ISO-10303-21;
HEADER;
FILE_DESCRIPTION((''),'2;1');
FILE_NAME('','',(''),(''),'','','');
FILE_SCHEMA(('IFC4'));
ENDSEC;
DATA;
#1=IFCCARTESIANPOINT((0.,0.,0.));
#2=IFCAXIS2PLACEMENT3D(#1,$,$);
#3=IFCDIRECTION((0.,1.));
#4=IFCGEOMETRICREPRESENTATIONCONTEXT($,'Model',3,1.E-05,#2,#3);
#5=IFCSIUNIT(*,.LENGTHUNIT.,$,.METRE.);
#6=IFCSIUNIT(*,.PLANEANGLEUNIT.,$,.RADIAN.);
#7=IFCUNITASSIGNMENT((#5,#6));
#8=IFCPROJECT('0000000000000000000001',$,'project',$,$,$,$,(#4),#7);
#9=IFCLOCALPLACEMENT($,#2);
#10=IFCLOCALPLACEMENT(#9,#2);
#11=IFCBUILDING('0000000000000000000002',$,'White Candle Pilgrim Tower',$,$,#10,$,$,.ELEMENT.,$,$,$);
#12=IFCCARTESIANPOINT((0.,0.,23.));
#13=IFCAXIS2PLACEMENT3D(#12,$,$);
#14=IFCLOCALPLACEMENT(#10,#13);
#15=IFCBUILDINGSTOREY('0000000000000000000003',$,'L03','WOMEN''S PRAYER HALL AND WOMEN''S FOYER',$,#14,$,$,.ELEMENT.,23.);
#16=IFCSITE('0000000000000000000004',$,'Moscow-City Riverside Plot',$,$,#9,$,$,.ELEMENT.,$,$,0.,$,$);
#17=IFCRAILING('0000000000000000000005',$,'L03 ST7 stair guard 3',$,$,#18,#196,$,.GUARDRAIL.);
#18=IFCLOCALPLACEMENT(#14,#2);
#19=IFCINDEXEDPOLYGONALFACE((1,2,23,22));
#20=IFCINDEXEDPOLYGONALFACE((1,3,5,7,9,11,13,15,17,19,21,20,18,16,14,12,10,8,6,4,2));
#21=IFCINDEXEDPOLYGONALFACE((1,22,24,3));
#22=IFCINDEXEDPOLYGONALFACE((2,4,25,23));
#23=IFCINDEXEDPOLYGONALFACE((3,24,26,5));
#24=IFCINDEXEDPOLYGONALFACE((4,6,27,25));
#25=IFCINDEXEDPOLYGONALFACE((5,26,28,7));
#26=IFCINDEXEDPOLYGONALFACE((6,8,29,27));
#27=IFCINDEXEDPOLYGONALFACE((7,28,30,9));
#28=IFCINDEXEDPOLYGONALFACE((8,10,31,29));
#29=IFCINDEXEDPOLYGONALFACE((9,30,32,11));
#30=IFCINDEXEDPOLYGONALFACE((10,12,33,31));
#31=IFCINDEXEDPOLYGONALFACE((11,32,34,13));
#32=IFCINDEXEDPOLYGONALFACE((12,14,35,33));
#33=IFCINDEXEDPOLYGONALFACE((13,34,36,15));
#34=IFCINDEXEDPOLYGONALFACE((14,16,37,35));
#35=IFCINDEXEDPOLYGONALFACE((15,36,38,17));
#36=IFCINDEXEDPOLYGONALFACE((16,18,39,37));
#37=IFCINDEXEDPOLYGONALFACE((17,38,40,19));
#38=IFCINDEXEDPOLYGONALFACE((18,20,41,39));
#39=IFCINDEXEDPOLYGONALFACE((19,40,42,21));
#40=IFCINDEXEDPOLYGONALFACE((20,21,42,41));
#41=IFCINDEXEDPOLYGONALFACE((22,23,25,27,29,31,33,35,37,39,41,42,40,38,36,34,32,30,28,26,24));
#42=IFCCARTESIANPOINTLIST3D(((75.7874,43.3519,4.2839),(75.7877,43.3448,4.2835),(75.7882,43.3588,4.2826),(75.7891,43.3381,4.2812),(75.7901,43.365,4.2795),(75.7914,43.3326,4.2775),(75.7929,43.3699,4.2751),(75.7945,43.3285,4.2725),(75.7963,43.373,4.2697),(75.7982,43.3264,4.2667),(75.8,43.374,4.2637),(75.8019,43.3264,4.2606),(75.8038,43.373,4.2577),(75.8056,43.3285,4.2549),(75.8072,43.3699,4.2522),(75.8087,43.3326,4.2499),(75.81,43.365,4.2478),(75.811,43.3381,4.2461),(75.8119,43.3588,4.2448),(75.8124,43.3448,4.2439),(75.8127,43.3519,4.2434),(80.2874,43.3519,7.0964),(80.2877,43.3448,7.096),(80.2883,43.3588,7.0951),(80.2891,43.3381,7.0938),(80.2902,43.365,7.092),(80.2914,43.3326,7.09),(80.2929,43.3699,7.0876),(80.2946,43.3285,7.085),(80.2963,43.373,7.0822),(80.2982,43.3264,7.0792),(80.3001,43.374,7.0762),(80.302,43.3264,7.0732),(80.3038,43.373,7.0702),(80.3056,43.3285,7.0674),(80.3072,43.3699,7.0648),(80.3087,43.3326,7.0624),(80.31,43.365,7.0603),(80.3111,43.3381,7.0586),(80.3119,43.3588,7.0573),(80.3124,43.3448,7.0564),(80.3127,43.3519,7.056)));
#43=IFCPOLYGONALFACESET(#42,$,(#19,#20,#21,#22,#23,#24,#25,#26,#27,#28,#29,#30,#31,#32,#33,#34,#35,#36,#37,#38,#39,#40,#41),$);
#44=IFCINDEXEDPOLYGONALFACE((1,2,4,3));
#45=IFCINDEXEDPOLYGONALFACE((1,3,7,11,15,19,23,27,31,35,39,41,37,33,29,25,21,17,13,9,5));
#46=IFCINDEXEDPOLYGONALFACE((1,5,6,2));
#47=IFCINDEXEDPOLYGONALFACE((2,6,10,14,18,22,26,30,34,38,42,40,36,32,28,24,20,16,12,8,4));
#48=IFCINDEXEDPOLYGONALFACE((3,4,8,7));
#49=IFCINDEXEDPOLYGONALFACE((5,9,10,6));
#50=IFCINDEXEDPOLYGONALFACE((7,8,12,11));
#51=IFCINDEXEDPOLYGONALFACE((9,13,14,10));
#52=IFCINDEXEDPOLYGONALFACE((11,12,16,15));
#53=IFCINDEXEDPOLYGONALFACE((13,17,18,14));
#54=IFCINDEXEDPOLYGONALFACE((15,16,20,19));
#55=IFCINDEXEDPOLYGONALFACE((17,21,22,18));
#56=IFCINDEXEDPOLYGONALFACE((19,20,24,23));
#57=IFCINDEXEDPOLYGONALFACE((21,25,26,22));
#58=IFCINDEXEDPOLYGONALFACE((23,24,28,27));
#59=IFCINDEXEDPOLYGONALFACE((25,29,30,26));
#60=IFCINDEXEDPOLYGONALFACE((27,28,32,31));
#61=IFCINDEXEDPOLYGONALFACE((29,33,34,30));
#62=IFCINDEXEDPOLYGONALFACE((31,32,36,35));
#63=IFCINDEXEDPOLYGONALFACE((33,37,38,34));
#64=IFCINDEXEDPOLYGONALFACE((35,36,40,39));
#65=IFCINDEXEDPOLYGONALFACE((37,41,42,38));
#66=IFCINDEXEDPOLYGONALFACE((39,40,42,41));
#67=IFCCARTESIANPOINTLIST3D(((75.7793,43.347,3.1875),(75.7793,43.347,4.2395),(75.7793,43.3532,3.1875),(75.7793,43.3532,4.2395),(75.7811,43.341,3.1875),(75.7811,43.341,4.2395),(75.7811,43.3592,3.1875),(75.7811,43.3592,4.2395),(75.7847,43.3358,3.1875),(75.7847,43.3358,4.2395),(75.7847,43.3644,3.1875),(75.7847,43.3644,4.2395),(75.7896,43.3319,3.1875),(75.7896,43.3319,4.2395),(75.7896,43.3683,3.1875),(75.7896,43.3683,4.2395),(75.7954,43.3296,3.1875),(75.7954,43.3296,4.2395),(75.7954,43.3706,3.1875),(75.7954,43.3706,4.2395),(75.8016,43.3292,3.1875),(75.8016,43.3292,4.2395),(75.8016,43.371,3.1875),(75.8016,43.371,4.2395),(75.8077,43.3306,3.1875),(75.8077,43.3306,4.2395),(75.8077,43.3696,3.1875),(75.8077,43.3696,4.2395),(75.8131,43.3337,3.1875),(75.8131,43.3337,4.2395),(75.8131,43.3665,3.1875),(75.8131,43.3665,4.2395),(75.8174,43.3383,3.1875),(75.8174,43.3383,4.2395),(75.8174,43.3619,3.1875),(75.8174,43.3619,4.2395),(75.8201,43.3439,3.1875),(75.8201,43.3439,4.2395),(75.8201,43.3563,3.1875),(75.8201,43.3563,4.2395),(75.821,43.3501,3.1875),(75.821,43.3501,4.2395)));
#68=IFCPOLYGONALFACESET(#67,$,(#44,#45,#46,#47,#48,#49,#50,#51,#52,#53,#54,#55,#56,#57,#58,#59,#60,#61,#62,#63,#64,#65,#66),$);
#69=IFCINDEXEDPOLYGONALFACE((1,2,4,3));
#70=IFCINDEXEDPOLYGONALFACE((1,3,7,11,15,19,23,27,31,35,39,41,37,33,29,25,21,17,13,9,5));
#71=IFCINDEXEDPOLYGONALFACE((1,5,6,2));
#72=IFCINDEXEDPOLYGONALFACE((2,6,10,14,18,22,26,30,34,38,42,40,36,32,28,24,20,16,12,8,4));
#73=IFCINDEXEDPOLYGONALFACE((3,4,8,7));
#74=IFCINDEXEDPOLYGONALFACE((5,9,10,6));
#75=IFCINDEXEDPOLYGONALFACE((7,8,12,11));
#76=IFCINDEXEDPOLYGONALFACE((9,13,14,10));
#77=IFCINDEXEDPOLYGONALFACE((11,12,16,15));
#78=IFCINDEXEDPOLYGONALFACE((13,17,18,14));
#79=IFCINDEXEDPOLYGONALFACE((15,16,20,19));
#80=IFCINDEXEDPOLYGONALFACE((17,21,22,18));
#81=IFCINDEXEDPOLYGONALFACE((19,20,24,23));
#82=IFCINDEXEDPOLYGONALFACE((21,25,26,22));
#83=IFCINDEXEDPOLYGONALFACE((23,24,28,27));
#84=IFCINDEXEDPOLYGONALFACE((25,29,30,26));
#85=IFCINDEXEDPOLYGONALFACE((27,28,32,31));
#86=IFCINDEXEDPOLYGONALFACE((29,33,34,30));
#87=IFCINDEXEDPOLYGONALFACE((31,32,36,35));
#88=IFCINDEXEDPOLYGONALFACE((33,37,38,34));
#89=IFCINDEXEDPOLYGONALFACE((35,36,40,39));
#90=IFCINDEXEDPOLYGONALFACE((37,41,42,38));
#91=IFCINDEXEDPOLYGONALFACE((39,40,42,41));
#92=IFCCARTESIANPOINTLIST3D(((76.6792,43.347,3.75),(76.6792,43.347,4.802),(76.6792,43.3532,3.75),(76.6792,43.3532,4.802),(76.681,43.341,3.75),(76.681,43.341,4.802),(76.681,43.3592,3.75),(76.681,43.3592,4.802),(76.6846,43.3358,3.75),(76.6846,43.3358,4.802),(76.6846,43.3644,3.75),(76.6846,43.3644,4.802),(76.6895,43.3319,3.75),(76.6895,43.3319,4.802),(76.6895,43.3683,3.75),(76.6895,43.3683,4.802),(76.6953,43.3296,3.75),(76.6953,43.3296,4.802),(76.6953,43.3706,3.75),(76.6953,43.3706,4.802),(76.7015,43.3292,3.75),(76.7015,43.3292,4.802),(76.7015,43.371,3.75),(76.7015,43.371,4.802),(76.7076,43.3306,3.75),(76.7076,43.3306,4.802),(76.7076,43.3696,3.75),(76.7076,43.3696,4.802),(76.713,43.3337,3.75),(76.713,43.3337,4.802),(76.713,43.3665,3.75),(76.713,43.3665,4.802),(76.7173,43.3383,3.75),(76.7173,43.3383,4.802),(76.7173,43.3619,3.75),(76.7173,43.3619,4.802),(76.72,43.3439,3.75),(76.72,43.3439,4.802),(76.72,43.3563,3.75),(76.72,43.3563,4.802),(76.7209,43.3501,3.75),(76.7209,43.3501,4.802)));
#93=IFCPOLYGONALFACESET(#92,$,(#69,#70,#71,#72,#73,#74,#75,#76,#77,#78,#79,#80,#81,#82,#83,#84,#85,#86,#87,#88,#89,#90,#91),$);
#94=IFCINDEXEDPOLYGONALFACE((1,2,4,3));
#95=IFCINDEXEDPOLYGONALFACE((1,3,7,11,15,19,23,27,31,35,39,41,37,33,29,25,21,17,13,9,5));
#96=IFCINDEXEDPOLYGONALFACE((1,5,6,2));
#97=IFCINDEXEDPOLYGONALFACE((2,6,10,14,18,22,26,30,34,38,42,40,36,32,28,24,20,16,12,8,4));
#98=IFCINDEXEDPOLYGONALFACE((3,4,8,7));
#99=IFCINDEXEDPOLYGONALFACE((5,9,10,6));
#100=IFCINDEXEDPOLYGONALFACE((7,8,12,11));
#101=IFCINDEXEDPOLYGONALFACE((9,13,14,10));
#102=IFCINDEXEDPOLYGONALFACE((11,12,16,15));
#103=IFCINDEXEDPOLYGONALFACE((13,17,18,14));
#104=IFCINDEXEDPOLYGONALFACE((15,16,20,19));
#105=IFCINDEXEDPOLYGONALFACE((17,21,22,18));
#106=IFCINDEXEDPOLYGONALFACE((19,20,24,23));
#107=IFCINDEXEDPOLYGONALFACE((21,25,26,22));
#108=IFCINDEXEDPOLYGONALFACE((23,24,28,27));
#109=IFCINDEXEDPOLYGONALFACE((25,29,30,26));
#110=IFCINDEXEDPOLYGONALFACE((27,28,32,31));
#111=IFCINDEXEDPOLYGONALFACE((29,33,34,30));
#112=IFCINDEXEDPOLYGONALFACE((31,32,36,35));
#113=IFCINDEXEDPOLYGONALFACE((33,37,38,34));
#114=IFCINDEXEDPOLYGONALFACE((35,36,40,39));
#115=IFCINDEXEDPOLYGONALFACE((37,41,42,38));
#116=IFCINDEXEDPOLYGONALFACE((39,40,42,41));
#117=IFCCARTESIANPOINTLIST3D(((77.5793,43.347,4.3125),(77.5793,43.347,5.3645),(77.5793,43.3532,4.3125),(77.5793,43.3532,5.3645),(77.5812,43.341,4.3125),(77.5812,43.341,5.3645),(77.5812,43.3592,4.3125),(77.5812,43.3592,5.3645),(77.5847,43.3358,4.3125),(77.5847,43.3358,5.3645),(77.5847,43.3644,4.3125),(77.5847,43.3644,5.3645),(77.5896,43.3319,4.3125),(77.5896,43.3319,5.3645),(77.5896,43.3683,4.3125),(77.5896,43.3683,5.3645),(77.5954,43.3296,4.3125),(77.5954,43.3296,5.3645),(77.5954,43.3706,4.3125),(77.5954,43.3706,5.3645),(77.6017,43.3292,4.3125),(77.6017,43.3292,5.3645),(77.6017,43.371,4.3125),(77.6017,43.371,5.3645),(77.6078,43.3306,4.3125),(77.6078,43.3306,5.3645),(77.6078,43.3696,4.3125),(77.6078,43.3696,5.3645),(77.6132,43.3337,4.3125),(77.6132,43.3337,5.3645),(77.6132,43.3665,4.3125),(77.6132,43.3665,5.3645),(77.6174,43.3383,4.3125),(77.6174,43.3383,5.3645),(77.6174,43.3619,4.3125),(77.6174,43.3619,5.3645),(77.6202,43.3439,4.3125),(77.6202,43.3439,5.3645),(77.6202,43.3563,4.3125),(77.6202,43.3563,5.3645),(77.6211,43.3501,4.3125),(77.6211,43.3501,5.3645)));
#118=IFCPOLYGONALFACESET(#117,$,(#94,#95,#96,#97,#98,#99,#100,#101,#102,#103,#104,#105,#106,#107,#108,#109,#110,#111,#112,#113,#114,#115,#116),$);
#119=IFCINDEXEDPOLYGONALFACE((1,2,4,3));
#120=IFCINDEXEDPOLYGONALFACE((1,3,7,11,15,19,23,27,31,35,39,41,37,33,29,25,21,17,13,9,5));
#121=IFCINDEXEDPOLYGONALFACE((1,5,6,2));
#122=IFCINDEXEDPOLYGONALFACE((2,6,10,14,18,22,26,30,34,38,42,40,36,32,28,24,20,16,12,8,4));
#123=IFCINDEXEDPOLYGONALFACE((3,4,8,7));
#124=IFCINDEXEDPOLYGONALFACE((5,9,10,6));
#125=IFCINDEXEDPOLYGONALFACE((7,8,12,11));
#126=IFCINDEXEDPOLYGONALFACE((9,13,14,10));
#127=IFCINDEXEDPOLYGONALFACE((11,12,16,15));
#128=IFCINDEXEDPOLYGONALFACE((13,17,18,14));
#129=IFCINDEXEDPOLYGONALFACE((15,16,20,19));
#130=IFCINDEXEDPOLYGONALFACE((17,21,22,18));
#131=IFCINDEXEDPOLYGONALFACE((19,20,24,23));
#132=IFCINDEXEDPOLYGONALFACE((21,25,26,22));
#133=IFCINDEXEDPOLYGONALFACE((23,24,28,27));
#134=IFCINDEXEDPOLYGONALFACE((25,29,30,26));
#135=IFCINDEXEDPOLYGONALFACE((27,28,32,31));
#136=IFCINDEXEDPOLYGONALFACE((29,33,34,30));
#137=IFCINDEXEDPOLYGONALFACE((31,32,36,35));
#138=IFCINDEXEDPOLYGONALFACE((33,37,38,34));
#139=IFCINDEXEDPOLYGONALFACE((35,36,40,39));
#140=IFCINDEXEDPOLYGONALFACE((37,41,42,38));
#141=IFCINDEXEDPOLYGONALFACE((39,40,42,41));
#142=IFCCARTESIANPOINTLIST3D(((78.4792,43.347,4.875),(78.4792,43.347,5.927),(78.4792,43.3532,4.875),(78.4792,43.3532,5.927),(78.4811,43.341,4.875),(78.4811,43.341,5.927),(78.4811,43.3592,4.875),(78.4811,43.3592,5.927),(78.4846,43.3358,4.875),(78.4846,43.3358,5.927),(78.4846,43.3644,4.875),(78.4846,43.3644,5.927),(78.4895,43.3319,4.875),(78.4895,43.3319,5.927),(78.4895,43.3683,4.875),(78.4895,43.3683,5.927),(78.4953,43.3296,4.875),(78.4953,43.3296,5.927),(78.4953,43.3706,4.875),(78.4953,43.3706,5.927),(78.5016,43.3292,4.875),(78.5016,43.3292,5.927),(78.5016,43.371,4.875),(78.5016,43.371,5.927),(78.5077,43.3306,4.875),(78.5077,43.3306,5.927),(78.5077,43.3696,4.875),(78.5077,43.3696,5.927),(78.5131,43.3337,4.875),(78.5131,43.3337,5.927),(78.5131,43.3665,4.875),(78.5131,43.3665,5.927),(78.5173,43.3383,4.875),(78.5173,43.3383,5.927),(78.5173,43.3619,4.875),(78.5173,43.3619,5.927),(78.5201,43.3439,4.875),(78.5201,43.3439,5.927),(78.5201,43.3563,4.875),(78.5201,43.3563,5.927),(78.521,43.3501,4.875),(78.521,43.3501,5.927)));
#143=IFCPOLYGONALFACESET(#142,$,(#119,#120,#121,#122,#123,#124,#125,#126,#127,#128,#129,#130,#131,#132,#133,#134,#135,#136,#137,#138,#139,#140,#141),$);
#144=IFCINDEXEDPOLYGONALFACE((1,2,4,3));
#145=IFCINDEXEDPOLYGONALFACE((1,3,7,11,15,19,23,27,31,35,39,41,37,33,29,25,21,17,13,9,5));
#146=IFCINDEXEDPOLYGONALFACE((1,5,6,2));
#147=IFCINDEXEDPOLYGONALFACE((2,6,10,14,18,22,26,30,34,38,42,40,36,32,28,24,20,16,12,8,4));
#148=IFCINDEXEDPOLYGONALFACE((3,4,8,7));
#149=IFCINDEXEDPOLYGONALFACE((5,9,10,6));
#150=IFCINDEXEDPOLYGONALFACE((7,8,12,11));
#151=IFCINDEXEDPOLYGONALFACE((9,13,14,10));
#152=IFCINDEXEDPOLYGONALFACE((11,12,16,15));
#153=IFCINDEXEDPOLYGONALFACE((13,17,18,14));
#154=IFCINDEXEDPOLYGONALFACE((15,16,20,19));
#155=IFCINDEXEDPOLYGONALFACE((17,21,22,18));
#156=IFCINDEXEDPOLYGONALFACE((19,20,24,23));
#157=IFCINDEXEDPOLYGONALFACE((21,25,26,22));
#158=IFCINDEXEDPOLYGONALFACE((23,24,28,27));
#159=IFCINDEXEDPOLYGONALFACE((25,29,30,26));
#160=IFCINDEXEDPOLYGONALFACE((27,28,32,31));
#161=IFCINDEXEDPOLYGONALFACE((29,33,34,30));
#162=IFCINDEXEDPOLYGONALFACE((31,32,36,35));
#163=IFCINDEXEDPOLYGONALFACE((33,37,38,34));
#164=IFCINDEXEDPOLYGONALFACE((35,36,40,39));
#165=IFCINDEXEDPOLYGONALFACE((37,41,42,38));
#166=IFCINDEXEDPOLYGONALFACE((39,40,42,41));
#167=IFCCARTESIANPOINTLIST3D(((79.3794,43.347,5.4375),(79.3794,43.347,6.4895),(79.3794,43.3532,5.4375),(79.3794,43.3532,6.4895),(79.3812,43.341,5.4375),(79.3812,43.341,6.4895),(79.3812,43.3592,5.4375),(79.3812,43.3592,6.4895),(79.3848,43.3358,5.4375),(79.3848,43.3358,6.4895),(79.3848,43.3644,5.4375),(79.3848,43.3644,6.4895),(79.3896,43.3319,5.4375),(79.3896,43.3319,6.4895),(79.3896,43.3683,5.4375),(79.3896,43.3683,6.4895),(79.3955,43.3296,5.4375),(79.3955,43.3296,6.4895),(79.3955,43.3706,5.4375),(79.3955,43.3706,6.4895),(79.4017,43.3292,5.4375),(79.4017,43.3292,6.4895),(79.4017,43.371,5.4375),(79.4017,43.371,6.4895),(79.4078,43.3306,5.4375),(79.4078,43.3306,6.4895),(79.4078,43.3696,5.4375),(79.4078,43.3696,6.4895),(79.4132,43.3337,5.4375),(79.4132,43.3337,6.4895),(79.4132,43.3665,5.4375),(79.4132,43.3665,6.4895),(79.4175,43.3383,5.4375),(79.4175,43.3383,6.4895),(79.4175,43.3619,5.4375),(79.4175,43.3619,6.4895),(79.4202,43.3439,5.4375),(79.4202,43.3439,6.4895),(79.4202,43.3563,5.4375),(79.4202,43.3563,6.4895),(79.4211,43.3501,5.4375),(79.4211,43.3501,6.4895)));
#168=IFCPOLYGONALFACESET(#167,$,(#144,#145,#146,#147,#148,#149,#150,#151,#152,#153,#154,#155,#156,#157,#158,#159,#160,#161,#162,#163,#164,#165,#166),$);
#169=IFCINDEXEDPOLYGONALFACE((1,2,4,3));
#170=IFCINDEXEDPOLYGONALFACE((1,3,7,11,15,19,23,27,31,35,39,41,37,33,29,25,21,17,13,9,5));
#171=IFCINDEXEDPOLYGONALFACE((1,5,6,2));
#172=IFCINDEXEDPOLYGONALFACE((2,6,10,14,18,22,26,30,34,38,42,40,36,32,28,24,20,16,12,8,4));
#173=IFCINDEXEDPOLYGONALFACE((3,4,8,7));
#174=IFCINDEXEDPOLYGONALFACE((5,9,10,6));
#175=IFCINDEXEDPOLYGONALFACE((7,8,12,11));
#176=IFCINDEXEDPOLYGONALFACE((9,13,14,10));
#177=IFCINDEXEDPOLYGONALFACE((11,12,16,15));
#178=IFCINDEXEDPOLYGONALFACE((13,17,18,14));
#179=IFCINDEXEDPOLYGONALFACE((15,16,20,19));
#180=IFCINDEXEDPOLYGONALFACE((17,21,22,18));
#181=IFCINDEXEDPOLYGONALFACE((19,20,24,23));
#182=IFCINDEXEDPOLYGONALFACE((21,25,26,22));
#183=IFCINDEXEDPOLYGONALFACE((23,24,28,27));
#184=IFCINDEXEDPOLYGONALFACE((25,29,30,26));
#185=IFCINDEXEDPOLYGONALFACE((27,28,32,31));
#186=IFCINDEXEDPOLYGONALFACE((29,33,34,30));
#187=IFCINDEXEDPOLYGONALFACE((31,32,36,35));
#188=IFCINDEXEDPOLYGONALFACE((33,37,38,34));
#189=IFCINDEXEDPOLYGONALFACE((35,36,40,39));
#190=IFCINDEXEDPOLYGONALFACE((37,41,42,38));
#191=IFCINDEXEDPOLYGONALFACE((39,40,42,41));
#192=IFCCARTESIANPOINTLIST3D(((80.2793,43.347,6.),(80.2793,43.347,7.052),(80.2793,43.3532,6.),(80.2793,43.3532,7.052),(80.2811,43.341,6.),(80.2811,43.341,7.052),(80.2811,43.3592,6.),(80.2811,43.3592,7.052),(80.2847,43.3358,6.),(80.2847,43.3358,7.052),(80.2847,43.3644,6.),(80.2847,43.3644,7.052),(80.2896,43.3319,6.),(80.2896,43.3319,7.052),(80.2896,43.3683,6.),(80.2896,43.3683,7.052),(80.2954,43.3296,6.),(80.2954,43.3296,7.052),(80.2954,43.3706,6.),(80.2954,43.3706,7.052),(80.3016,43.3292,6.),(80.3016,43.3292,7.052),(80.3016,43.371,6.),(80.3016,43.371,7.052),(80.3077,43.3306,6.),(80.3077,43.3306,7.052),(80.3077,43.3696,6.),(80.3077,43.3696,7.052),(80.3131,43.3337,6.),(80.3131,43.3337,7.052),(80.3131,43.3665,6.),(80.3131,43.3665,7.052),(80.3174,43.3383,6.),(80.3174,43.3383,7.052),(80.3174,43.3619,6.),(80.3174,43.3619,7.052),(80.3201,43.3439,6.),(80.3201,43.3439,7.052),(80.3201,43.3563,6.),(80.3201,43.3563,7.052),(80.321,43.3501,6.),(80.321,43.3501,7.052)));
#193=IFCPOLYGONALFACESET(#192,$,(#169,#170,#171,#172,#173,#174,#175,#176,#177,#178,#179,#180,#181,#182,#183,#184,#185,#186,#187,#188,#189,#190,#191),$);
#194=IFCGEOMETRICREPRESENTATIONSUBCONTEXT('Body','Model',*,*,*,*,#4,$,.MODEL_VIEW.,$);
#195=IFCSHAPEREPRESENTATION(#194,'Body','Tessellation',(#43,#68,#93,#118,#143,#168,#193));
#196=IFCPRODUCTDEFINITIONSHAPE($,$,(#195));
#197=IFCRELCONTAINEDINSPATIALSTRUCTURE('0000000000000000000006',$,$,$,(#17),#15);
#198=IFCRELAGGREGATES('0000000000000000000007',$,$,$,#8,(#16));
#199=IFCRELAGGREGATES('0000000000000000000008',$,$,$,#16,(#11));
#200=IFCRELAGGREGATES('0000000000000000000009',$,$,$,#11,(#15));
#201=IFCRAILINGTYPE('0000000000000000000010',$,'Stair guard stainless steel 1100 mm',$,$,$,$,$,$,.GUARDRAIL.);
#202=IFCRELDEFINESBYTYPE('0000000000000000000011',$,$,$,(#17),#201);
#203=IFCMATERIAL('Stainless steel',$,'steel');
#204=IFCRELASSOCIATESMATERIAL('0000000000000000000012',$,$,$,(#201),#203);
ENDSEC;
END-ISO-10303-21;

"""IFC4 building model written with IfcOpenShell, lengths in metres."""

from ifc_helpers import new_model, si_unit, direction, frame, origin, origin_2d, place, context, subcontext, project, spatial, circle, extrude, material, type_object, element, save


model = new_model("IFC4")

# Units and contexts
model_context = context("Model", 3, precision=1e-05, world=origin(), true_north=direction((0.0, 1.0)))
body_context = subcontext(model_context, "Body", "Model", "MODEL_VIEW")
ifc_project = project(units=[si_unit("LENGTHUNIT", "METRE"), si_unit("PLANEANGLEUNIT", "RADIAN")], contexts=[model_context])

# Site, building, storey
site_placement = place(None, origin())
site = spatial("IfcSite", under=ifc_project, at=site_placement, Name="Moscow-City Riverside Plot", CompositionType="ELEMENT", RefElevation=0.0)
building_placement = place(site_placement, origin())
building = spatial("IfcBuilding", under=site, at=building_placement, Name="White Candle Pilgrim Tower", CompositionType="ELEMENT")
storey_placement = place(building_placement, frame((0.0, 0.0, 23.0)))
storey = spatial("IfcBuildingStorey", under=building, at=storey_placement, Name="L03", Description="WOMEN'S PRAYER HALL AND WOMEN'S FOYER", CompositionType="ELEMENT", Elevation=23.0)

# Railing
ifc_material_1 = material(Name="Stainless steel", Category="steel")
railing_type_1 = type_object("IfcRailingType", Name="Stair guard stainless steel 1100 mm", PredefinedType="GUARDRAIL", material=ifc_material_1)
railing_1_placement = place(storey_placement, frame((75.8, 43.3501, 3.1875)))
element("IfcRailing", 1, at=railing_1_placement, inside=storey, type_object=railing_type_1, Name="L03 ST7 stair guard 3", PredefinedType="GUARDRAIL", context=body_context, shape_type="SweptSolid", body=[
    extrude(circle(Radius=0.0239, at=origin_2d()), frame((0.0, 0.0, 1.0762), z_axis=(0.847998, 0.0, 0.529999), x_axis=(0.0, 1.0, 0.0)), (0.0, 0.0, 1.0), 5.3066),
    extrude(circle(Radius=0.021, at=origin_2d()), origin(), (0.0, 0.0, 1.0), 1.052),
    extrude(circle(Radius=0.021, at=origin_2d()), frame((0.8999, 0.0, 0.5625)), (0.0, 0.0, 1.0), 1.052),
    extrude(circle(Radius=0.021, at=origin_2d()), frame((1.8, 0.0, 1.125)), (0.0, 0.0, 1.0), 1.052),
    extrude(circle(Radius=0.021, at=origin_2d()), frame((2.7, 0.0, 1.6875)), (0.0, 0.0, 1.0), 1.052),
    extrude(circle(Radius=0.021, at=origin_2d()), frame((3.6001, 0.0, 2.25)), (0.0, 0.0, 1.0), 1.052),
    extrude(circle(Radius=0.021, at=origin_2d()), frame((4.5, 0.0, 2.8125)), (0.0, 0.0, 1.0), 1.052),
])

save(model, "model.ifc")
